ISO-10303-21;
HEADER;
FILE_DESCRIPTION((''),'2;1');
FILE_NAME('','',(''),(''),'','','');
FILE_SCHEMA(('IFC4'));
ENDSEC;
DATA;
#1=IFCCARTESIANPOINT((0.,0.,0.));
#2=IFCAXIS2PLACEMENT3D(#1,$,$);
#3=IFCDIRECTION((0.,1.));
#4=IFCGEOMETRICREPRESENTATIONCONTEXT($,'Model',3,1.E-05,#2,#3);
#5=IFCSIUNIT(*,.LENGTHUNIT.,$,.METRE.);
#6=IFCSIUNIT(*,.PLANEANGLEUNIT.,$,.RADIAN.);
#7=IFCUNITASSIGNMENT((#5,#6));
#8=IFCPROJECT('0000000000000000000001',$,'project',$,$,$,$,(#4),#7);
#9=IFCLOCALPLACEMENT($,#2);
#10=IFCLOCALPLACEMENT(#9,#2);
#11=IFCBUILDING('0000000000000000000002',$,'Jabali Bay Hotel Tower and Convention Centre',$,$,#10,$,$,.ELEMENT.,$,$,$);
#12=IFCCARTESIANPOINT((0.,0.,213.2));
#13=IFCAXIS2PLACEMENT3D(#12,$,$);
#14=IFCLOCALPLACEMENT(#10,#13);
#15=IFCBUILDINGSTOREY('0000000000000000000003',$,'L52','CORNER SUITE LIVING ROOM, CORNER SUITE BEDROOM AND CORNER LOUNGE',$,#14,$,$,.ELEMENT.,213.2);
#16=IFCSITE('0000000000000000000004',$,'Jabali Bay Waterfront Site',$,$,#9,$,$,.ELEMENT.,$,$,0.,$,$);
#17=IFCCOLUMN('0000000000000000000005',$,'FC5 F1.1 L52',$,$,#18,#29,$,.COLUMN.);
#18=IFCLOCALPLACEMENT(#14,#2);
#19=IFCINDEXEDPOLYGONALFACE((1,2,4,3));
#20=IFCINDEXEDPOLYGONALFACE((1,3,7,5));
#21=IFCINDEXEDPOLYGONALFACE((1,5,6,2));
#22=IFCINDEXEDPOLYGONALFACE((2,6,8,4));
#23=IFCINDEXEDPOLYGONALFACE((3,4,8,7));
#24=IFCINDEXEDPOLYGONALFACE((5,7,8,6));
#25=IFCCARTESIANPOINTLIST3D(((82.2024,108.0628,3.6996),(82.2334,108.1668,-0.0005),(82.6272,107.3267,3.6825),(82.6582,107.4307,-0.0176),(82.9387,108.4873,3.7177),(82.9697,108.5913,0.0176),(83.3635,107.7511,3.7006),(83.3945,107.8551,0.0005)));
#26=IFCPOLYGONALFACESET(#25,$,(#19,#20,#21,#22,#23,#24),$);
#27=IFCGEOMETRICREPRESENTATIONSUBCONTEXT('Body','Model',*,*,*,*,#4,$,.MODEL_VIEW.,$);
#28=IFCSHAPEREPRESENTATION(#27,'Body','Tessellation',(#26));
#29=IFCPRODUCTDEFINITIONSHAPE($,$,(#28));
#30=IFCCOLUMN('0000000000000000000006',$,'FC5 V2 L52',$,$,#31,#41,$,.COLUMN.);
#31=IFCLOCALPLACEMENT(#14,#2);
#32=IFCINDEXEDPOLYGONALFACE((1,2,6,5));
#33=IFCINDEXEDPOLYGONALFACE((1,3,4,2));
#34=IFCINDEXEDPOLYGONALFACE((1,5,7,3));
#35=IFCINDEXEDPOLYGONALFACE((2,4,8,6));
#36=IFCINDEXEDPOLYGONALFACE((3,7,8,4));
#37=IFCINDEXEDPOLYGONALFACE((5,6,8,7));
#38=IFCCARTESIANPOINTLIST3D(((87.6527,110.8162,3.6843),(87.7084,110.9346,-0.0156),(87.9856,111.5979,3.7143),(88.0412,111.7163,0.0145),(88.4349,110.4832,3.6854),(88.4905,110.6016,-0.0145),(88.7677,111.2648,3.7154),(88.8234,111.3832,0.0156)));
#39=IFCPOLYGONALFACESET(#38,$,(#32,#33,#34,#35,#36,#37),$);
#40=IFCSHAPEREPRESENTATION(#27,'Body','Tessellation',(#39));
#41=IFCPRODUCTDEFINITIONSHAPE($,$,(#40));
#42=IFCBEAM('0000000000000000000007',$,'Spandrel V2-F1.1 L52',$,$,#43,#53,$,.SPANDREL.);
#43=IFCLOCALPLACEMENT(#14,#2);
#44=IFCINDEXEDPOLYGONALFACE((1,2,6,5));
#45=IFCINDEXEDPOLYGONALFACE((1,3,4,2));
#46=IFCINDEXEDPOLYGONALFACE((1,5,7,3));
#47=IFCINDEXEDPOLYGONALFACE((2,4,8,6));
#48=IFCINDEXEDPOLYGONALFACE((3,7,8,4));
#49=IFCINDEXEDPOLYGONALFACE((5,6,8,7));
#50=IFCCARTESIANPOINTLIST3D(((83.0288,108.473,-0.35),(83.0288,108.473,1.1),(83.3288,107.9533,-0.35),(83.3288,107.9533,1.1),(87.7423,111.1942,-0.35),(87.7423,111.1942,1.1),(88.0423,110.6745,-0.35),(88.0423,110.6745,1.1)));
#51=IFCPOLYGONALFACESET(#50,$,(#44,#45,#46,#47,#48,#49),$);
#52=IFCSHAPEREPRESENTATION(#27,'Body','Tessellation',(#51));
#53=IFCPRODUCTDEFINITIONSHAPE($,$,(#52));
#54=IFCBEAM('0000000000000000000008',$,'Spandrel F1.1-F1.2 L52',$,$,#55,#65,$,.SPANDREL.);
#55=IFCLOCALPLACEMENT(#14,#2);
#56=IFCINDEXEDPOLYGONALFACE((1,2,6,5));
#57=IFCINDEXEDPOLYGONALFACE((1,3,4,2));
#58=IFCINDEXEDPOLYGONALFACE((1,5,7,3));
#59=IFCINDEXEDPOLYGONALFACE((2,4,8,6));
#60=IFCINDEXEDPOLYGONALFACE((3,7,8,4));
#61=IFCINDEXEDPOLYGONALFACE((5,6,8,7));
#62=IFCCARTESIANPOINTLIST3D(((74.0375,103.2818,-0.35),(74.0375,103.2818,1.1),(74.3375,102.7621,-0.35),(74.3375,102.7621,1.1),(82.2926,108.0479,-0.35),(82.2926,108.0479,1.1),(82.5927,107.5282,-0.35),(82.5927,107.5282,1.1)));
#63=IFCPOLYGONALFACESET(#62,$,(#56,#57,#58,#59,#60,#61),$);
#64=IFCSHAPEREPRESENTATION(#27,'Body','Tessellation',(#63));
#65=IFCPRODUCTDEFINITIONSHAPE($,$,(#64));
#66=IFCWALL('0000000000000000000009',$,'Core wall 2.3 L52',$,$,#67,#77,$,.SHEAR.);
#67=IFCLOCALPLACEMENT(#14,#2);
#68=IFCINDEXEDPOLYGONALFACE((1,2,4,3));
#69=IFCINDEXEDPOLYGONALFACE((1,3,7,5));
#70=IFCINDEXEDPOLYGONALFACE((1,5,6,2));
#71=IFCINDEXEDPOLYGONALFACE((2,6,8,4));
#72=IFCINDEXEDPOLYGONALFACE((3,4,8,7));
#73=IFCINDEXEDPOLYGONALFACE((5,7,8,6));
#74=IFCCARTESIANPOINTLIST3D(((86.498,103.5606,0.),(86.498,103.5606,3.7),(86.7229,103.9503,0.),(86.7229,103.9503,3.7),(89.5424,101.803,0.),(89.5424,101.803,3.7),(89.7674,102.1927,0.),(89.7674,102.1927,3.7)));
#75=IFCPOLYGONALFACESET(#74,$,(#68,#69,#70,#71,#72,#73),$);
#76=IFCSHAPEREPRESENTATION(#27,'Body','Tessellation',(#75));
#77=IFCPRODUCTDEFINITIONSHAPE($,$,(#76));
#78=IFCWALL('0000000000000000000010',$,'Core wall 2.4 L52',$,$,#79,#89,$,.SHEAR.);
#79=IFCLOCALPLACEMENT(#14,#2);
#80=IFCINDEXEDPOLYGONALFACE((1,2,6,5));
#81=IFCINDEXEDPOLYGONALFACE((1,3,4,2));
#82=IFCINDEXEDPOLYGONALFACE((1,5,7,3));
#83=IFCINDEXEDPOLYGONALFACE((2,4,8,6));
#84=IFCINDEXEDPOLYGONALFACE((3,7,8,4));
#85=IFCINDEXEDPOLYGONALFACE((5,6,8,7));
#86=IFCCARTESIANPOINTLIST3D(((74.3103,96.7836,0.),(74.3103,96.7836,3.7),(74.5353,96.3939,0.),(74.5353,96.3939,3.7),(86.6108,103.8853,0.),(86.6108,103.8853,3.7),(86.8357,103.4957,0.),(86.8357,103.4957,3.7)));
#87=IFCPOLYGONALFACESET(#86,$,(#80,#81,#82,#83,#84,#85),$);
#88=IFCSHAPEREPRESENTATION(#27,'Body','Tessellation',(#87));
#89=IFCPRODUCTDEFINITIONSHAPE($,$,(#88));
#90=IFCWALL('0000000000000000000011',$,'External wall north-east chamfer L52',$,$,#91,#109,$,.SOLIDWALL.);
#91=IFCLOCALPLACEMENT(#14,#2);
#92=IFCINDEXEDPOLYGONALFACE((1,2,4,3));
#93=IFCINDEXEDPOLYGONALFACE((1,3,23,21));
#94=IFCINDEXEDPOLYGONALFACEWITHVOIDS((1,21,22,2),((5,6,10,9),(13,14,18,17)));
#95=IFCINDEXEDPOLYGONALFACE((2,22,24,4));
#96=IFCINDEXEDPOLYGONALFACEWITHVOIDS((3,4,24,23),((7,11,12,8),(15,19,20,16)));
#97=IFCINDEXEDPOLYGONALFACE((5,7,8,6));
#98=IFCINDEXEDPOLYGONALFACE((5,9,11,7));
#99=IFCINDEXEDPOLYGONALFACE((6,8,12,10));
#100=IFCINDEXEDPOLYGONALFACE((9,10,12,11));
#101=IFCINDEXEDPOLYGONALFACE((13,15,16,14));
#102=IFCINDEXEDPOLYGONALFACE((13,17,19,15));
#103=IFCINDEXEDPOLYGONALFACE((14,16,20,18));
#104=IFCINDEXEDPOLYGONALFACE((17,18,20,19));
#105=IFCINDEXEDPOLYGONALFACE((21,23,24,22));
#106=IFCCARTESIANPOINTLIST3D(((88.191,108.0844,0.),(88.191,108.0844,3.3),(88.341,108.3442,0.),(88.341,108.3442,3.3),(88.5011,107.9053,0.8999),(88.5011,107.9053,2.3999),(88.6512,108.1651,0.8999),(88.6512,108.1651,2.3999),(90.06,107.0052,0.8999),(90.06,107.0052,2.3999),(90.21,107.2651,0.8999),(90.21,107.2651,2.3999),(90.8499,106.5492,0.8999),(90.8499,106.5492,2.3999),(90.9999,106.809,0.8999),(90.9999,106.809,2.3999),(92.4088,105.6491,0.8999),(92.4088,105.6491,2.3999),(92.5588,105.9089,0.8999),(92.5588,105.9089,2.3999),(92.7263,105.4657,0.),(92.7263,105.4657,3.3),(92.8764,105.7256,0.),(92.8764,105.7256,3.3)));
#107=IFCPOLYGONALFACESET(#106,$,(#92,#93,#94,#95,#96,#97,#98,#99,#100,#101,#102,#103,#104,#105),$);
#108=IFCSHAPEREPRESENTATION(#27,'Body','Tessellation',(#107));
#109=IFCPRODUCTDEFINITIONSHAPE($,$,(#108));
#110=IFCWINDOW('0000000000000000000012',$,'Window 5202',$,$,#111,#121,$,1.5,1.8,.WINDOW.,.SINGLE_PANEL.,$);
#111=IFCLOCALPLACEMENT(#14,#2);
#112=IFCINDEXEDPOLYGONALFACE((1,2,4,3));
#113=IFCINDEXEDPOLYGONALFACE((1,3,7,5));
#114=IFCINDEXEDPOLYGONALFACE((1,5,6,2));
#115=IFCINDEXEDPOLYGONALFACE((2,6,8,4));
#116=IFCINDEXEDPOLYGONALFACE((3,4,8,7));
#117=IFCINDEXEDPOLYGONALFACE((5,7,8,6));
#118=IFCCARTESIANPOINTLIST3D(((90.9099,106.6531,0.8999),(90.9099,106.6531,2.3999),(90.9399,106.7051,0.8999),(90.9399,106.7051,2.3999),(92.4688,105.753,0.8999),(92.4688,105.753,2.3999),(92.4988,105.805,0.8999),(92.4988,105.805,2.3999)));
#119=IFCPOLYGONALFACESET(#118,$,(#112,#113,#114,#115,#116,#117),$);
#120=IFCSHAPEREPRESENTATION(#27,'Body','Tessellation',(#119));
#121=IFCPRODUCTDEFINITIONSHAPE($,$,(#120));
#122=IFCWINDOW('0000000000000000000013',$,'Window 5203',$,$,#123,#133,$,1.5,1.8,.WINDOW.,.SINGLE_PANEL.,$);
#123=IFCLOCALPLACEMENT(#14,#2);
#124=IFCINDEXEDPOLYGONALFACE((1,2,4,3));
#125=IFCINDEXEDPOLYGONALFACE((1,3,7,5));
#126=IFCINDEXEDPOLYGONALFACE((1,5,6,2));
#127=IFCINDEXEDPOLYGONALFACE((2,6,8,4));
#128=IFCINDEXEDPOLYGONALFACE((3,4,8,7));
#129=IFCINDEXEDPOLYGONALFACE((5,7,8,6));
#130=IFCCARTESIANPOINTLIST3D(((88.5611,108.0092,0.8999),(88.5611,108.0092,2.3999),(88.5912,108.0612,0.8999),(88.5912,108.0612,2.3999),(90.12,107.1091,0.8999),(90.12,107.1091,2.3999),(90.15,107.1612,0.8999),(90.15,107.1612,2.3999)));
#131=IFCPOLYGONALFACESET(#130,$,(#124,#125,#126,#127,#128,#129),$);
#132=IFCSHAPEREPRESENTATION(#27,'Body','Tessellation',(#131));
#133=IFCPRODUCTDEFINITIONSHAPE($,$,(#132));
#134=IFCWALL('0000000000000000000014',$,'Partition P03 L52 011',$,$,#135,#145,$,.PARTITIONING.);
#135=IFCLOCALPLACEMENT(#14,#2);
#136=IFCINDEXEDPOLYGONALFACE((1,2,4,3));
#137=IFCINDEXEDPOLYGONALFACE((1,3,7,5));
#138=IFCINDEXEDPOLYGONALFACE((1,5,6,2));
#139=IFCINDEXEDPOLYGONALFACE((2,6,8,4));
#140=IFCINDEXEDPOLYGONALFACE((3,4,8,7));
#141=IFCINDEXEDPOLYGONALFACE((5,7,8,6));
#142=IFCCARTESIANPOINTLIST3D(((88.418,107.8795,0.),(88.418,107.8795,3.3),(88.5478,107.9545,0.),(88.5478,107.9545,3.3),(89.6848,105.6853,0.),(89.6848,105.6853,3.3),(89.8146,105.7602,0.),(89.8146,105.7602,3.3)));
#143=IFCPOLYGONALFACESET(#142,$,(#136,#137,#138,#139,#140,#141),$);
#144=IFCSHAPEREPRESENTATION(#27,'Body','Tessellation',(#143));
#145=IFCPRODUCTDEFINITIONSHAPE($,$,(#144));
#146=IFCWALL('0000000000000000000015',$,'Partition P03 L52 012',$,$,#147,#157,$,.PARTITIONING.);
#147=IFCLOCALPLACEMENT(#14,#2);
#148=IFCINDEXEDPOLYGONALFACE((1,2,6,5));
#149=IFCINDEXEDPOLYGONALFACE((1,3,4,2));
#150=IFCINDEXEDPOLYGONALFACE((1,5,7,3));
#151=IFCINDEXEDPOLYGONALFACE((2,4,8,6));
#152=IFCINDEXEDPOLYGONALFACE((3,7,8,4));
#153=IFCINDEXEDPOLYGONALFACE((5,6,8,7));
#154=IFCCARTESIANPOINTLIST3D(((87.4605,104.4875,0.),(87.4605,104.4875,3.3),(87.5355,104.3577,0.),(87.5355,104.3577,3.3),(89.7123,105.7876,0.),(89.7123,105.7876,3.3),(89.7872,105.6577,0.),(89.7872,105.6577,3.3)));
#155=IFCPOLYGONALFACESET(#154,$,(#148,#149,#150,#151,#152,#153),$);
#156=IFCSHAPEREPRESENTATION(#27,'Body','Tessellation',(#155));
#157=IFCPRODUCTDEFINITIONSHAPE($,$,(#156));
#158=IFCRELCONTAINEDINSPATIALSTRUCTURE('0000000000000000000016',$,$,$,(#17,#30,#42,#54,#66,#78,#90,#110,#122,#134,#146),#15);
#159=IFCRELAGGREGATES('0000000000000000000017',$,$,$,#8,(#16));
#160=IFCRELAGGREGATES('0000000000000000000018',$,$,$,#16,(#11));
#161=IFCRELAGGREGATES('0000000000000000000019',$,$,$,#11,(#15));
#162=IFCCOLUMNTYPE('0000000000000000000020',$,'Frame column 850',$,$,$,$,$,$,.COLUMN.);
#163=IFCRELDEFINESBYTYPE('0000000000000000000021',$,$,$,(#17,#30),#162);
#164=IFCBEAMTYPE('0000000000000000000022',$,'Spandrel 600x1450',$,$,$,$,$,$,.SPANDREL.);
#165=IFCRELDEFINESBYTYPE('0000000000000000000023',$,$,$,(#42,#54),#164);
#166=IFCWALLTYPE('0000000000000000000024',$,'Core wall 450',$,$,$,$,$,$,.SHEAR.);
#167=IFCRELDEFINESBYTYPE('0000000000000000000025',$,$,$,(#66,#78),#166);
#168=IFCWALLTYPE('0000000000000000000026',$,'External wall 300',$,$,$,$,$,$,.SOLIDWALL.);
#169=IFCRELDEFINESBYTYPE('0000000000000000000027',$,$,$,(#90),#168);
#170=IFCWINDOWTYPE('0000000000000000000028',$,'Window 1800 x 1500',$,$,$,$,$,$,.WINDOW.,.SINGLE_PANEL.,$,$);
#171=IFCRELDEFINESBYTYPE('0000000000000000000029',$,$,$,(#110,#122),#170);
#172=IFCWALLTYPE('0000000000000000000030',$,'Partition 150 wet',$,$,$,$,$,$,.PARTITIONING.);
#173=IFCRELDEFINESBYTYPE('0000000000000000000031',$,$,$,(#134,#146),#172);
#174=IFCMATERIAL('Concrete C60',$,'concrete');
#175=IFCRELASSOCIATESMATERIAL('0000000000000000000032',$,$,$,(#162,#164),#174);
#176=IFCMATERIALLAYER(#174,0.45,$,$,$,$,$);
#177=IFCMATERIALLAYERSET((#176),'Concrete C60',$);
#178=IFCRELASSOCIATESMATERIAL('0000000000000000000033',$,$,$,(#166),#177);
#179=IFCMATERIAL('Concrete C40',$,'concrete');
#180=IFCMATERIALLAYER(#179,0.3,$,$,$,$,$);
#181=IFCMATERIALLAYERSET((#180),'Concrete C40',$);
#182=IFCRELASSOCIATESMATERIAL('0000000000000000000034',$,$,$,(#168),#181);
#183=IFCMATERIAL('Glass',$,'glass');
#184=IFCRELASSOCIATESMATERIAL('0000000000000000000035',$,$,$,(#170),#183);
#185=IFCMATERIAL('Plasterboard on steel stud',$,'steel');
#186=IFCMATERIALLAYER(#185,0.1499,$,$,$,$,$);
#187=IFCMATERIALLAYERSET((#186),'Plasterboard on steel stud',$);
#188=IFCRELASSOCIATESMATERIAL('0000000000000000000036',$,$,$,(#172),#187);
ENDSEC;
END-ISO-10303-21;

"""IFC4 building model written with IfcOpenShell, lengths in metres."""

from ifc_helpers import new_model, si_unit, direction, frame, frame_2d, origin, origin_2d, place, context, subcontext, project, spatial, rectangle, extrude, material, layer, layer_set, material_profile, profile_set, type_object, element, fill, save


model = new_model("IFC4")

# Units and contexts
model_context = context("Model", 3, precision=1e-05, world=origin(), true_north=direction((0.0, 1.0)))
body_context = subcontext(model_context, "Body", "Model", "MODEL_VIEW")
ifc_project = project(units=[si_unit("LENGTHUNIT", "METRE"), si_unit("PLANEANGLEUNIT", "RADIAN")], contexts=[model_context])

# Site, building, storey
site_placement = place(None, origin())
site = spatial("IfcSite", under=ifc_project, at=site_placement, Name="Jabali Bay Waterfront Site", CompositionType="ELEMENT", RefElevation=0.0)
building_placement = place(site_placement, origin())
building = spatial("IfcBuilding", under=site, at=building_placement, Name="Jabali Bay Hotel Tower and Convention Centre", CompositionType="ELEMENT")
storey_placement = place(building_placement, frame((0.0, 0.0, 213.2)))
storey = spatial("IfcBuildingStorey", under=building, at=storey_placement, Name="L52", Description="CORNER SUITE LIVING ROOM, CORNER SUITE BEDROOM AND CORNER LOUNGE", CompositionType="ELEMENT", Elevation=213.2)

# Columns
ifc_material_1 = material(Name="Concrete C60", Category="concrete")
ifc_material_profile_1 = material_profile(ifc_material_1, rectangle(XDim=0.8501, YDim=0.8501, at=origin_2d()), Name="Frame column 850")
ifc_profile_set_1 = profile_set([ifc_material_profile_1], Name="Concrete C60")
column_type = type_object("IfcColumnType", Name="Frame column 850", PredefinedType="COLUMN", material=ifc_profile_set_1)
column_1_placement = place(storey_placement, frame((82.814, 108.011, 0.0), z_axis=(-0.008376, -0.028097, 0.99957), x_axis=(0.866169, 0.499298, 0.021294)))
element("IfcColumn", 1, at=column_1_placement, inside=storey, type_object=column_type, Name="FC5 F1.1 L52", PredefinedType="COLUMN", context=body_context, shape_type="SweptSolid", body=[
    extrude(rectangle(XDim=0.8501, YDim=0.8501, at=origin_2d()), origin(), (0.0, 0.0, 1.0), 3.7017),
])
column_2_placement = place(storey_placement, frame((88.2659, 111.1589, 0.0), z_axis=(-0.015035, -0.031983, 0.999375), x_axis=(0.920044, -0.391813, 0.001303)))
element("IfcColumn", 2, at=column_2_placement, inside=storey, type_object=column_type, Name="FC5 V2 L52", PredefinedType="COLUMN", context=body_context, shape_type="SweptSolid", body=[
    extrude(rectangle(XDim=0.8501, YDim=0.8501, at=origin_2d()), origin(), (0.0, 0.0, 1.0), 3.7021),
])

# Beams
ifc_material_profile_2 = material_profile(ifc_material_1, rectangle(XDim=0.6001, YDim=1.45, at=origin_2d()), Name="Spandrel 600x1450")
ifc_profile_set_2 = profile_set([ifc_material_profile_2], Name="Concrete C60")
beam_type = type_object("IfcBeamType", Name="Spandrel 600x1450", PredefinedType="SPANDREL", material=ifc_profile_set_2)
beam_1_placement = place(storey_placement, frame((87.8923, 110.9343, 0.375), z_axis=(-0.866043, -0.49997, 0.0), x_axis=(0.49997, -0.866043, 0.0)))
element("IfcBeam", 3, at=beam_1_placement, inside=storey, type_object=beam_type, Name="Spandrel V2-F1.1 L52", PredefinedType="SPANDREL", context=body_context, shape_type="SweptSolid", body=[
    extrude(rectangle(XDim=0.6001, YDim=1.45, at=origin_2d()), origin(), (0.0, 0.0, 1.0), 5.4426),
])
beam_2_placement = place(storey_placement, frame((82.4426, 107.7881, 0.375), z_axis=(-0.866025, -0.500001, 0.0), x_axis=(0.500001, -0.866025, 0.0)))
element("IfcBeam", 4, at=beam_2_placement, inside=storey, type_object=beam_type, Name="Spandrel F1.1-F1.2 L52", PredefinedType="SPANDREL", context=body_context, shape_type="SweptSolid", body=[
    extrude(rectangle(XDim=0.6001, YDim=1.45, at=origin_2d()), origin(), (0.0, 0.0, 1.0), 9.5322),
])

# Walls
ifc_layer_1 = layer(ifc_material_1, 0.45)
ifc_layer_set_1 = layer_set([ifc_layer_1], Name="Concrete C60")
wall_type_1 = type_object("IfcWallType", Name="Core wall 450", PredefinedType="SHEAR", material=ifc_layer_set_1)
wall_1_placement = place(storey_placement, frame((89.655, 101.9978, 0.0), z_axis=(0.0, 0.0, 1.0), x_axis=(-0.866042, 0.499971, 0.0)))
element("IfcWall", 5, at=wall_1_placement, inside=storey, type_object=wall_type_1, Name="Core wall 2.3 L52", PredefinedType="SHEAR", context=body_context, shape_type="SweptSolid", body=[
    extrude(rectangle(XDim=3.5154, YDim=0.45, at=frame_2d((1.7578, 0.0))), origin(), (0.0, 0.0, 1.0), 3.7),
])
wall_2_placement = place(storey_placement, frame((86.7231, 103.6904, 0.0), z_axis=(0.0, 0.0, 1.0), x_axis=(-0.866023, -0.500005, 0.0)))
element("IfcWall", 6, at=wall_2_placement, inside=storey, type_object=wall_type_1, Name="Core wall 2.4 L52", PredefinedType="SHEAR", context=body_context, shape_type="SweptSolid", body=[
    extrude(rectangle(XDim=14.2034, YDim=0.45, at=frame_2d((7.1016, 0.0))), origin(), (0.0, 0.0, 1.0), 3.7),
])

# Wall, openings, windows
ifc_material_2 = material(Name="Concrete C40", Category="concrete")
ifc_layer_2 = layer(ifc_material_2, 0.3)
ifc_layer_set_2 = layer_set([ifc_layer_2], Name="Concrete C40")
wall_type_2 = type_object("IfcWallType", Name="External wall 300", PredefinedType="SOLIDWALL", material=ifc_layer_set_2)
wall_3_placement = place(storey_placement, frame((88.2659, 108.2144, 0.0), z_axis=(0.0, 0.0, 1.0), x_axis=(0.866014, -0.50002, 0.0)))
wall_3 = element("IfcWall", 7, at=wall_3_placement, inside=storey, type_object=wall_type_2, Name="External wall north-east chamfer L52", PredefinedType="SOLIDWALL", context=body_context, shape_type="SweptSolid", body=[
    extrude(rectangle(XDim=5.2371, YDim=0.3, at=frame_2d((2.6187, 0.0))), origin(), (0.0, 0.0, 1.0), 3.3),
])
opening_1_placement = place(wall_3_placement, frame((3.0706, 0.0, 0.8999)))
opening_1 = element("IfcOpeningElement", 8, at=opening_1_placement, cuts=wall_3, PredefinedType="OPENING", context=body_context, shape_type="SweptSolid", body=[
    extrude(rectangle(XDim=1.8, YDim=1.5, at=frame_2d((0.8999, 0.75))), frame((0.0, 0.1606, 0.0), z_axis=(0.0, -1.0, 0.0), x_axis=(1.0, 0.0, 0.0)), (0.0, 0.0, 1.0), 0.321),
])
opening_2_placement = place(wall_3_placement, frame((0.3584, 0.0, 0.8999)))
opening_2 = element("IfcOpeningElement", 9, at=opening_2_placement, cuts=wall_3, PredefinedType="OPENING", context=body_context, shape_type="SweptSolid", body=[
    extrude(rectangle(XDim=1.8, YDim=1.5, at=frame_2d((0.8999, 0.75))), frame((0.0, 0.1606, 0.0), z_axis=(0.0, -1.0, 0.0), x_axis=(1.0, 0.0, 0.0)), (0.0, 0.0, 1.0), 0.321),
])
ifc_material_3 = material(Name="Glass", Category="glass")
window_type = type_object("IfcWindowType", Name="Window 1800 x 1500", PartitioningType="SINGLE_PANEL", PredefinedType="WINDOW", material=ifc_material_3)
window_1_placement = place(opening_1_placement, origin())
window_1 = element("IfcWindow", 10, at=window_1_placement, inside=storey, type_object=window_type, Name="Window 5202", OverallHeight=1.5, OverallWidth=1.8, PartitioningType="SINGLE_PANEL", PredefinedType="WINDOW", context=body_context, shape_type="SweptSolid", body=[
    extrude(rectangle(XDim=1.8, YDim=1.5, at=frame_2d((0.8999, 0.75))), frame((0.0, 0.03, 0.0), z_axis=(0.0, -1.0, 0.0), x_axis=(1.0, 0.0, 0.0)), (0.0, 0.0, 1.0), 0.0601),
])
fill(opening_1, window_1)
window_2_placement = place(opening_2_placement, origin())
window_2 = element("IfcWindow", 11, at=window_2_placement, inside=storey, type_object=window_type, Name="Window 5203", OverallHeight=1.5, OverallWidth=1.8, PartitioningType="SINGLE_PANEL", PredefinedType="WINDOW", context=body_context, shape_type="SweptSolid", body=[
    extrude(rectangle(XDim=1.8, YDim=1.5, at=frame_2d((0.8999, 0.75))), frame((0.0, 0.03, 0.0), z_axis=(0.0, -1.0, 0.0), x_axis=(1.0, 0.0, 0.0)), (0.0, 0.0, 1.0), 0.0601),
])
fill(opening_2, window_2)

# Walls
ifc_material_4 = material(Name="Plasterboard on steel stud", Category="steel")
ifc_layer_3 = layer(ifc_material_4, 0.1499)
ifc_layer_set_3 = layer_set([ifc_layer_3], Name="Plasterboard on steel stud")
wall_type_3 = type_object("IfcWallType", Name="Partition 150 wet", PredefinedType="PARTITIONING", material=ifc_layer_set_3)
wall_4_placement = place(storey_placement, frame((88.4829, 107.917, 0.0), z_axis=(0.0, 0.0, 1.0), x_axis=(0.499984, -0.866035, 0.0)))
element("IfcWall", 12, at=wall_4_placement, inside=storey, type_object=wall_type_3, Name="Partition P03 L52 011", PredefinedType="PARTITIONING", context=body_context, shape_type="SweptSolid", body=[
    extrude(rectangle(XDim=2.5337, YDim=0.1499, at=frame_2d((1.2668, 0.0))), origin(), (0.0, 0.0, 1.0), 3.3),
])
wall_5_placement = place(storey_placement, frame((89.7498, 105.7227, 0.0), z_axis=(0.0, 0.0, 1.0), x_axis=(-0.866021, -0.500007, 0.0)))
element("IfcWall", 13, at=wall_5_placement, inside=storey, type_object=wall_type_3, Name="Partition P03 L52 012", PredefinedType="PARTITIONING", context=body_context, shape_type="SweptSolid", body=[
    extrude(rectangle(XDim=2.6001, YDim=0.1499, at=frame_2d((1.3, 0.0))), origin(), (0.0, 0.0, 1.0), 3.3),
])

save(model, "model.ifc")
